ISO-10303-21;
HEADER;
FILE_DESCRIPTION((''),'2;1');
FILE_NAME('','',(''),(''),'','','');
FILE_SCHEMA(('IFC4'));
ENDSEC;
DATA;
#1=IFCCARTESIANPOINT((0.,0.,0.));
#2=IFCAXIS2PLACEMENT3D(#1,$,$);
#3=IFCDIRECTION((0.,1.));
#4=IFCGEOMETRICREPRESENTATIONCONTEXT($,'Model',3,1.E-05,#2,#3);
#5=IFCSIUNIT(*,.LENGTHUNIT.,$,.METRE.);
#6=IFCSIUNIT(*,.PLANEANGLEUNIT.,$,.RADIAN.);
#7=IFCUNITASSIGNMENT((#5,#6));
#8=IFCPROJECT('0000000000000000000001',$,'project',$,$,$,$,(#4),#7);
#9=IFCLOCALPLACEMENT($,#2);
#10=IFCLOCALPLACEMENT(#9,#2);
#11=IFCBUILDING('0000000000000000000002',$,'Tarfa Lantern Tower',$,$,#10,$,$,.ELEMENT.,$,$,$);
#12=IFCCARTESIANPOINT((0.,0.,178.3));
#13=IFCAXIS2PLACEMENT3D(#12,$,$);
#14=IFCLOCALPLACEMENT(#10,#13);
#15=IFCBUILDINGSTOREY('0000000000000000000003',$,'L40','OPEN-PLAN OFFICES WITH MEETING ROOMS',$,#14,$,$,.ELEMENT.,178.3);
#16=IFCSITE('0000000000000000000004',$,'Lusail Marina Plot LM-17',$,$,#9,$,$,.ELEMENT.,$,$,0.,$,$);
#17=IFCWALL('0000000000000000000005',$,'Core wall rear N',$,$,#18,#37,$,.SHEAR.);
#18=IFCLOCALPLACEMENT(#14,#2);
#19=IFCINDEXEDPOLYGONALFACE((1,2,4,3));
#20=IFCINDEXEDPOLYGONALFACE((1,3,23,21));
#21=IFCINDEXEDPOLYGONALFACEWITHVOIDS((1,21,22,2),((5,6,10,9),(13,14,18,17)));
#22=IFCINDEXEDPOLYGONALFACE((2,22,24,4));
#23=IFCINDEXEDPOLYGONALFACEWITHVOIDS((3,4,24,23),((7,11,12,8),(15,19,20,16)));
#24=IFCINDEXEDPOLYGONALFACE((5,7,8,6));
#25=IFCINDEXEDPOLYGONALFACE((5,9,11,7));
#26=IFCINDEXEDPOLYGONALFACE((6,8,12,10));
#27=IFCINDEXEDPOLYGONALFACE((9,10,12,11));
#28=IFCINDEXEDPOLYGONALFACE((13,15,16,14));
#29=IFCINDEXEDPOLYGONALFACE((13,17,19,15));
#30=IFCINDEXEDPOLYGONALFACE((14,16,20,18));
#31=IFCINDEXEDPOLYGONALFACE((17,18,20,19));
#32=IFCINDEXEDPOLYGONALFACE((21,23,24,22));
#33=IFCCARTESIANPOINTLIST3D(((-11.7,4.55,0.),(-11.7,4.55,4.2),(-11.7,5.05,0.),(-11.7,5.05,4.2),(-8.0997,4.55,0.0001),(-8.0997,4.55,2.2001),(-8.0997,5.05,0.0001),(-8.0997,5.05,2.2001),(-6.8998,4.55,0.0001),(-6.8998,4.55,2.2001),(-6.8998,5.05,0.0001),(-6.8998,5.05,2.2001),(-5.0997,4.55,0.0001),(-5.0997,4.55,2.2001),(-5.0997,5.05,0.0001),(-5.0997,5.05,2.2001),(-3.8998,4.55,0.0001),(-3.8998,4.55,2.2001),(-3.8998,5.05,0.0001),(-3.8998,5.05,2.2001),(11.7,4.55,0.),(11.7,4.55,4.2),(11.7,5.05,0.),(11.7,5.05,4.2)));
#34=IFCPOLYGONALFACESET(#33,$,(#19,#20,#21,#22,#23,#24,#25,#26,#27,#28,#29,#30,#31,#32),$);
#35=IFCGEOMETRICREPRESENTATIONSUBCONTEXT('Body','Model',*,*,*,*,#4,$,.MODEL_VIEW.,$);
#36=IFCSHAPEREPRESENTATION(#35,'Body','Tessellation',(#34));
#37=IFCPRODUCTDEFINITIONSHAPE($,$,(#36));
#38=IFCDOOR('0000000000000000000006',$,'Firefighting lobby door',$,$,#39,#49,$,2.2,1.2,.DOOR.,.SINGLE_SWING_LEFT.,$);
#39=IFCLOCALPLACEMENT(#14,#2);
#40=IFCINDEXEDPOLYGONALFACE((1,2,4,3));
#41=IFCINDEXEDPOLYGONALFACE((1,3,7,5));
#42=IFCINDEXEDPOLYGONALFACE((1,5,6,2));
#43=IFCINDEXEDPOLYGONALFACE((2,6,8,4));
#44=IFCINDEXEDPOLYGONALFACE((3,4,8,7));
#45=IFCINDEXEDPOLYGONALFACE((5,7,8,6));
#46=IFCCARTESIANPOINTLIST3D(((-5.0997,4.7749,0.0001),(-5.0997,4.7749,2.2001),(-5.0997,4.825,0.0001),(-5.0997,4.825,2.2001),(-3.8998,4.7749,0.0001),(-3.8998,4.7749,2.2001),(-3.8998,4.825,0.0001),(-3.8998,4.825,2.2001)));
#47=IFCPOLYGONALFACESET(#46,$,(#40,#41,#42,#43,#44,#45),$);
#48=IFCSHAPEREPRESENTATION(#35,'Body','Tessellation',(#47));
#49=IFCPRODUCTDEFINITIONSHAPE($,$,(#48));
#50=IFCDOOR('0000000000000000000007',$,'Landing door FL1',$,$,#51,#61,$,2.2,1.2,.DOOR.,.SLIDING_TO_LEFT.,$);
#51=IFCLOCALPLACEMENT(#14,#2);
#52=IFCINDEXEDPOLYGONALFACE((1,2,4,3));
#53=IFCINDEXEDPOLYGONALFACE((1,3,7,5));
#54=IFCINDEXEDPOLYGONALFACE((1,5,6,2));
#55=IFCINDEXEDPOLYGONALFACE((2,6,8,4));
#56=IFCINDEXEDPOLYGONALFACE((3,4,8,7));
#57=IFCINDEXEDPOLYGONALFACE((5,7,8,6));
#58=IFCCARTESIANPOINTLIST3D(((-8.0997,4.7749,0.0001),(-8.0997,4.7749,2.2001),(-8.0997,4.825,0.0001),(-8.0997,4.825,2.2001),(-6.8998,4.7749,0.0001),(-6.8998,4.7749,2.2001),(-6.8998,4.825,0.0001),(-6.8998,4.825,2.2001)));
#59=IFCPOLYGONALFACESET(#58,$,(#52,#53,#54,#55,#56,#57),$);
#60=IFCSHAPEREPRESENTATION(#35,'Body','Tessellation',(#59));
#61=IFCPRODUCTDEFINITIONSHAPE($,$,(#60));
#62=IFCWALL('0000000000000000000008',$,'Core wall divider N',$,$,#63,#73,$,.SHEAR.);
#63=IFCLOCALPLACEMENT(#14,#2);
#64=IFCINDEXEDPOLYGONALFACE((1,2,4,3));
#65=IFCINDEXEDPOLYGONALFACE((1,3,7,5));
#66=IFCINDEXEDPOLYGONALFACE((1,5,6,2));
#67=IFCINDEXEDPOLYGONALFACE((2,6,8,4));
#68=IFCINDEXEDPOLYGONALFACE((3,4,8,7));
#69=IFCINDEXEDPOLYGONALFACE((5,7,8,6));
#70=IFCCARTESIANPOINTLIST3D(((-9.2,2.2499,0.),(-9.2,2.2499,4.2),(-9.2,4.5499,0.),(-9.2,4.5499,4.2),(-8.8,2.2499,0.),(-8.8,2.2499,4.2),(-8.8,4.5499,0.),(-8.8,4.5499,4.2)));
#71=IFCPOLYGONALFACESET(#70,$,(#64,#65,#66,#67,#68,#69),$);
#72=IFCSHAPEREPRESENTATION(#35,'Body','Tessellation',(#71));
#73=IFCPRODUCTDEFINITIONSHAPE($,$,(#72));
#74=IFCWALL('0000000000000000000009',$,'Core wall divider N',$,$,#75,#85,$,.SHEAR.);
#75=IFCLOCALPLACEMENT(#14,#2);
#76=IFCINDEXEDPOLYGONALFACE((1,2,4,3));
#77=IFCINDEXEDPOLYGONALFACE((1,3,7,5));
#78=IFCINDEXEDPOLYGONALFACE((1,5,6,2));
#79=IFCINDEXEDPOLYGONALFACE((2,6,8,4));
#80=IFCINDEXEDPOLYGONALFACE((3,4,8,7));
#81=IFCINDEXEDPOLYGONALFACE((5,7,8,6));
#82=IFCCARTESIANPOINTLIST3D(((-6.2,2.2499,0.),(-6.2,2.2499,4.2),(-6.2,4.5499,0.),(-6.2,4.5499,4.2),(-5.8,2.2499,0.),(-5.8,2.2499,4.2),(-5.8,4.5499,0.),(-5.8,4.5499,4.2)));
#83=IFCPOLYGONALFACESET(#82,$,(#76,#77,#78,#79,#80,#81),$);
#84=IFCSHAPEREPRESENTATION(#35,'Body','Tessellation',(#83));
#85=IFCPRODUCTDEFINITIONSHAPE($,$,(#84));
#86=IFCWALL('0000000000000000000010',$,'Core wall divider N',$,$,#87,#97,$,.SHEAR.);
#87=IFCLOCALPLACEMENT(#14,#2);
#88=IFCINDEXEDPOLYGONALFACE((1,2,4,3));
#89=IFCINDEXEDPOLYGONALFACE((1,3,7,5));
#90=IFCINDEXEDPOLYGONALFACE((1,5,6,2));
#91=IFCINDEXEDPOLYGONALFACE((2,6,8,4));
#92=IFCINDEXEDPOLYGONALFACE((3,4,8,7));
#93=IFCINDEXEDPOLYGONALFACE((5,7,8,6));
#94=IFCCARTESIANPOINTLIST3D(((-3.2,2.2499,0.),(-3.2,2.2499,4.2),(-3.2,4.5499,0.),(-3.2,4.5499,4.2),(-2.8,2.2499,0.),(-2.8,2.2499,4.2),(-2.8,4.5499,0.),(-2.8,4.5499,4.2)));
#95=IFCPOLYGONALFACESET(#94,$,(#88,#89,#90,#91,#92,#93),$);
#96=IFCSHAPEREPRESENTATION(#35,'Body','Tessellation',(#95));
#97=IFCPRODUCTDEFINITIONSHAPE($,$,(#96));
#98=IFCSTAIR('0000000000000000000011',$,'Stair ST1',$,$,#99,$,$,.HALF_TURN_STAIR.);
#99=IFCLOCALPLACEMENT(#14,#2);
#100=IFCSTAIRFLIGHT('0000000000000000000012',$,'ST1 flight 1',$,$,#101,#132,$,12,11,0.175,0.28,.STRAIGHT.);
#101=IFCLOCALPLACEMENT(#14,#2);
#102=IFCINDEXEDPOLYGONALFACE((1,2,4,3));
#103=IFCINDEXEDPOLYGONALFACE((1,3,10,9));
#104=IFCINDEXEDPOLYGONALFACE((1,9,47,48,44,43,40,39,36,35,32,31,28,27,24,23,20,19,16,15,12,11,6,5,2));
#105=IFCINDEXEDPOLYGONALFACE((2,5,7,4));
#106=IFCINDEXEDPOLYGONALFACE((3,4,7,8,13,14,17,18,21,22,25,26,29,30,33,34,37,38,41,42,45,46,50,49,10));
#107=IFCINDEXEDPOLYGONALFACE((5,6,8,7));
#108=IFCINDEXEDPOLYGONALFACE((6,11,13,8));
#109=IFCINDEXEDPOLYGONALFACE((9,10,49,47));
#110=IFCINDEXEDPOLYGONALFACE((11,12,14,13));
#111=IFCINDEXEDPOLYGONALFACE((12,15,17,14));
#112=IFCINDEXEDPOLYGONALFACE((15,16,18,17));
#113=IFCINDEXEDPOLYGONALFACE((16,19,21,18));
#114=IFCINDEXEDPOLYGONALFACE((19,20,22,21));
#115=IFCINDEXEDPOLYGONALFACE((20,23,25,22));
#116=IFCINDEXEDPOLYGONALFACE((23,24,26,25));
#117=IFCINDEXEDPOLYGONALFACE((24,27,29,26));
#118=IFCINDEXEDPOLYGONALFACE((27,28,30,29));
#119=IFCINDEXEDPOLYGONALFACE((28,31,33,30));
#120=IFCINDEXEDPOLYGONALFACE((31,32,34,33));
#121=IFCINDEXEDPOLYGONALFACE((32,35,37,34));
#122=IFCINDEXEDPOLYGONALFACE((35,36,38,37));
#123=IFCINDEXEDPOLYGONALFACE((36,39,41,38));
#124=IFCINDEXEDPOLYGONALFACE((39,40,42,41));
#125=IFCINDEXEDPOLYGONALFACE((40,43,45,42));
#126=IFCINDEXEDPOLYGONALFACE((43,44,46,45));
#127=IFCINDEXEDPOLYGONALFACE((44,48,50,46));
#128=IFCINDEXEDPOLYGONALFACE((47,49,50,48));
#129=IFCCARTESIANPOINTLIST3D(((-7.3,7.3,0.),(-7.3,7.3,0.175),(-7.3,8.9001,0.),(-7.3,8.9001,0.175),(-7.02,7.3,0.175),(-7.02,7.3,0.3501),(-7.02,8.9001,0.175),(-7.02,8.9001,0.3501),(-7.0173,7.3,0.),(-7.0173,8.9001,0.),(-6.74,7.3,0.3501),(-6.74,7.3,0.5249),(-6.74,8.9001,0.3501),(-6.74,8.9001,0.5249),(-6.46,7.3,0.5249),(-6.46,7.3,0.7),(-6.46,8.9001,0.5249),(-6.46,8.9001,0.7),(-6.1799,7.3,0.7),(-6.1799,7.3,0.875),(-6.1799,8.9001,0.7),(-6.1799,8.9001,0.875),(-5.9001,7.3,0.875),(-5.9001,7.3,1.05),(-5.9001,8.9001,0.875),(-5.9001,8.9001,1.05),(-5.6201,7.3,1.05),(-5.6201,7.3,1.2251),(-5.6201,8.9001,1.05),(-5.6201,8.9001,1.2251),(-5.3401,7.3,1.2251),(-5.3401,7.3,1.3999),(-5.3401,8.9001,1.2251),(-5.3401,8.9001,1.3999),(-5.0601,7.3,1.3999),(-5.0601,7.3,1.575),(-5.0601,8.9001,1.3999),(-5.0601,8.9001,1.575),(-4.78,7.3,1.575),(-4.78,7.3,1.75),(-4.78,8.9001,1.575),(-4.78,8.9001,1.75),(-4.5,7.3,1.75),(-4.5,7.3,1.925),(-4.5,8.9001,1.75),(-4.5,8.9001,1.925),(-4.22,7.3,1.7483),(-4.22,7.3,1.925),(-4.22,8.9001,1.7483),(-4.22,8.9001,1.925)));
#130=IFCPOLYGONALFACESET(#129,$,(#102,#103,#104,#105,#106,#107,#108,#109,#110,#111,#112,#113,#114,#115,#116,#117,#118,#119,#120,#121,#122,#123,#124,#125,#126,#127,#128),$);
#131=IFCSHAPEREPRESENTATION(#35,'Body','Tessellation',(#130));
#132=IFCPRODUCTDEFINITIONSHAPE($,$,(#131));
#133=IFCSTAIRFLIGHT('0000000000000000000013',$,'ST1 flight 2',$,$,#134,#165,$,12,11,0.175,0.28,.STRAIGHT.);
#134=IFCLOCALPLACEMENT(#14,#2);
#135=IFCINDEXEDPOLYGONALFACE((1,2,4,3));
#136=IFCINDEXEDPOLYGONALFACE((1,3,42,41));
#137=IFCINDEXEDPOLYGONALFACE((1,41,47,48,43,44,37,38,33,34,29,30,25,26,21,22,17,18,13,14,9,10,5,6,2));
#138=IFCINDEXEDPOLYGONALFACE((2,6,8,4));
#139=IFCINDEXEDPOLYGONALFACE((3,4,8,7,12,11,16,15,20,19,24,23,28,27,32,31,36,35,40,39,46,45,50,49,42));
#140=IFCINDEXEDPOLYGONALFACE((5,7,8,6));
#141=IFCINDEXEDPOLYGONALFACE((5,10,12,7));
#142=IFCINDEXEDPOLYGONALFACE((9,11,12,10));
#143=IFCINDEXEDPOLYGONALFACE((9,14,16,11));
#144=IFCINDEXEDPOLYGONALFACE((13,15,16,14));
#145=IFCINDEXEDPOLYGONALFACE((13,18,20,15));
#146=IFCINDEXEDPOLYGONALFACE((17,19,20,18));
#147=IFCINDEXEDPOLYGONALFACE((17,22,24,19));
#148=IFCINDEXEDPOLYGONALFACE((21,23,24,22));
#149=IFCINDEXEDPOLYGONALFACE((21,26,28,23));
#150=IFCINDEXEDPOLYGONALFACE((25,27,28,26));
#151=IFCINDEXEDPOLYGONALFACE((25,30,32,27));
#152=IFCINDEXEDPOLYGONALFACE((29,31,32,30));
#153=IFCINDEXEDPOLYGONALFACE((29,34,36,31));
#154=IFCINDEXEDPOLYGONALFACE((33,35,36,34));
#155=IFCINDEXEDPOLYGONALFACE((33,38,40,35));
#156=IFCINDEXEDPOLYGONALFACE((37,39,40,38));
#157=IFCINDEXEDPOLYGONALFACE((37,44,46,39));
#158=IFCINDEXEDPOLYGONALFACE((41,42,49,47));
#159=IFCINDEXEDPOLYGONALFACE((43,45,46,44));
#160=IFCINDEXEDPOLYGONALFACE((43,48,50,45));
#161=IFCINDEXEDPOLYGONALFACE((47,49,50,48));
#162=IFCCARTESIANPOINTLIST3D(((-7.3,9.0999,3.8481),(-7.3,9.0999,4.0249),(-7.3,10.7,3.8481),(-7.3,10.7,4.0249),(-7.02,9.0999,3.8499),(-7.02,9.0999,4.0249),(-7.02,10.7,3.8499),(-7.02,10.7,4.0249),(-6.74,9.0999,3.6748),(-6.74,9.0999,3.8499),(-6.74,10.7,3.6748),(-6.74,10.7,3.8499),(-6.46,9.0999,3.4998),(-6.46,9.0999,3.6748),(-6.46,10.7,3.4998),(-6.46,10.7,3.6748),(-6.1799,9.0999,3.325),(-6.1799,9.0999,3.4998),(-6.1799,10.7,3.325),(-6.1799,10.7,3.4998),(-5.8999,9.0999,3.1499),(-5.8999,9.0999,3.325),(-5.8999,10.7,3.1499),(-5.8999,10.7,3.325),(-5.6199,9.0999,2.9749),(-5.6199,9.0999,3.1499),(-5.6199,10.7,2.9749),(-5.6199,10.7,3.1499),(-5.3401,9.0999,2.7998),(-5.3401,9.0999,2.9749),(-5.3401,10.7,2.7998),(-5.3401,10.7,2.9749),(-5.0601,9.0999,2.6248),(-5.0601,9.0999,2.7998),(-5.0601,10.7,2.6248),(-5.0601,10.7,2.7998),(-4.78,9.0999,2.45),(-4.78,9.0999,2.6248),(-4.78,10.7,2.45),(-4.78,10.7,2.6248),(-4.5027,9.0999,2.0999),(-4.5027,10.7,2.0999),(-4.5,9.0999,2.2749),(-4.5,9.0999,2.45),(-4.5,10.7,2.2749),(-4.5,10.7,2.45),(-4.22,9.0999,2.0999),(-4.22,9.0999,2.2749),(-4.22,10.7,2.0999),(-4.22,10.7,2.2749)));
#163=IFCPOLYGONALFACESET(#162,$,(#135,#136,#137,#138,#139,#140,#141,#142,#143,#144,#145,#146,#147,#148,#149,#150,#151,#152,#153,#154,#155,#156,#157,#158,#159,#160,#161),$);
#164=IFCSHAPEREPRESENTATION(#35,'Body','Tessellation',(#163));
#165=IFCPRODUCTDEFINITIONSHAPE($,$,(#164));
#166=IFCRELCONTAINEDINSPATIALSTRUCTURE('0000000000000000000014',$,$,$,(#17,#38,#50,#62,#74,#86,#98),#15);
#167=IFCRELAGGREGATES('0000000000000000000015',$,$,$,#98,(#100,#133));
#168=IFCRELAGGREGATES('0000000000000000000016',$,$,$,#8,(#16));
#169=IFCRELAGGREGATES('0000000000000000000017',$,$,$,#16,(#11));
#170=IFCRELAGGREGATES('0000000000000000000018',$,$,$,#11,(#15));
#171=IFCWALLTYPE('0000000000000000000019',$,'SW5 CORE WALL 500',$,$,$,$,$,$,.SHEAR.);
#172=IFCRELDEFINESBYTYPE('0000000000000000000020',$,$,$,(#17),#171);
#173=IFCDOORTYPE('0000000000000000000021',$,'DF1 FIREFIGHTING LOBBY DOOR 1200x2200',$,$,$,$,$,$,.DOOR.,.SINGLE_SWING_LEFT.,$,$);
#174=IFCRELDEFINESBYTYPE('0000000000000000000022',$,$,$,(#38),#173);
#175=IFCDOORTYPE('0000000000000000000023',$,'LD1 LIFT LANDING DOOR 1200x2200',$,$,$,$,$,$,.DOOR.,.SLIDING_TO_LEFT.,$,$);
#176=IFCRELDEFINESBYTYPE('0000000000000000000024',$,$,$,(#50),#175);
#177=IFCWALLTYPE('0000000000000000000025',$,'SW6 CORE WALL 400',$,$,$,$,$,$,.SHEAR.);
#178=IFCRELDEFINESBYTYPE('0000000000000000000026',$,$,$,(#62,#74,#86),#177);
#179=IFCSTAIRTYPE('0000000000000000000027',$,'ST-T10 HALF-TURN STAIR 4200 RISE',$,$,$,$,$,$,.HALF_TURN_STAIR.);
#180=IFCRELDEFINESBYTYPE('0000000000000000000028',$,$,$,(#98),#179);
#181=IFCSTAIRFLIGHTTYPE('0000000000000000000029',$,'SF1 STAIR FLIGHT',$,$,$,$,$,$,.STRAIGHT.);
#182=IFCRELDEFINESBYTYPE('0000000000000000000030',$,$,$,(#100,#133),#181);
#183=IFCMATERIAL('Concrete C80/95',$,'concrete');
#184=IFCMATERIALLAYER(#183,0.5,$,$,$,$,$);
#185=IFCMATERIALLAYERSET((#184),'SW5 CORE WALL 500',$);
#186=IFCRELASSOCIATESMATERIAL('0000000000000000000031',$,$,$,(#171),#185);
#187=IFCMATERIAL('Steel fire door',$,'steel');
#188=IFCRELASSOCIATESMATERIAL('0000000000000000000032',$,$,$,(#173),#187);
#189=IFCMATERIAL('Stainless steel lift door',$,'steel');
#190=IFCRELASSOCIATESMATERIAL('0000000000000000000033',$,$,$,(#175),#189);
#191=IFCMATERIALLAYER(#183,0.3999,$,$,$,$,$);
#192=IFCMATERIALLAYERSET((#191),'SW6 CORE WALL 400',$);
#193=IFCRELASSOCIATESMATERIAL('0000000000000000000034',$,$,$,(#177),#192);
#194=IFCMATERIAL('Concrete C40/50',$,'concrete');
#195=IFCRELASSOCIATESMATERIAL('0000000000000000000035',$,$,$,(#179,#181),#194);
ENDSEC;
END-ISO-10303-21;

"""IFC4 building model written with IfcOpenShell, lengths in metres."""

from ifc_helpers import new_model, si_unit, direction, frame, frame_2d, origin, place, context, subcontext, project, spatial, polyline, rectangle, outline, extrude, material, layer, layer_set, type_object, element, fill, aggregate, save


model = new_model("IFC4")

# Units and contexts
model_context = context("Model", 3, precision=1e-05, world=origin(), true_north=direction((0.0, 1.0)))
body_context = subcontext(model_context, "Body", "Model", "MODEL_VIEW")
ifc_project = project(units=[si_unit("LENGTHUNIT", "METRE"), si_unit("PLANEANGLEUNIT", "RADIAN")], contexts=[model_context])

# Site, building, storey
site_placement = place(None, origin())
site = spatial("IfcSite", under=ifc_project, at=site_placement, Name="Lusail Marina Plot LM-17", CompositionType="ELEMENT", RefElevation=0.0)
building_placement = place(site_placement, origin())
building = spatial("IfcBuilding", under=site, at=building_placement, Name="Tarfa Lantern Tower", CompositionType="ELEMENT")
storey_placement = place(building_placement, frame((0.0, 0.0, 178.3)))
storey = spatial("IfcBuildingStorey", under=building, at=storey_placement, Name="L40", Description="OPEN-PLAN OFFICES WITH MEETING ROOMS", CompositionType="ELEMENT", Elevation=178.3)

# Shared definitions
ifc_material_1 = material(Name="Concrete C80/95", Category="concrete")

# Shared definitions
ifc_material_2 = material(Name="Steel fire door", Category="steel")

# Wall, openings, doors
ifc_layer_1 = layer(ifc_material_1, 0.5)
ifc_layer_set_1 = layer_set([ifc_layer_1], Name="SW5 CORE WALL 500")
wall_type_1 = type_object("IfcWallType", Name="SW5 CORE WALL 500", PredefinedType="SHEAR", material=ifc_layer_set_1)
ifc_material_3 = material(Name="Stainless steel lift door", Category="steel")
wall_1_placement = place(storey_placement, frame((-11.7, 4.8, 0.0), z_axis=(0.0, 0.0, 1.0), x_axis=(1.0, 0.0, 0.0)))
wall_1 = element("IfcWall", 1, at=wall_1_placement, inside=storey, type_object=wall_type_1, Name="Core wall rear N", PredefinedType="SHEAR", context=body_context, shape_type="SweptSolid", body=[
    extrude(rectangle(XDim=23.3999, YDim=0.5, at=frame_2d((11.7, 0.0))), origin(), (0.0, 0.0, 1.0), 4.2),
])
opening_1_placement = place(wall_1_placement, frame((6.6001, 0.0, 0.0)))
opening_1 = element("IfcOpeningElement", 2, at=opening_1_placement, cuts=wall_1, PredefinedType="OPENING", context=body_context, shape_type="SweptSolid", body=[
    extrude(rectangle(XDim=1.2, YDim=2.2, at=frame_2d((0.6001, 1.1001))), frame((0.0, 0.26, 0.0), z_axis=(0.0, -1.0, 0.0), x_axis=(1.0, 0.0, 0.0)), (0.0, 0.0, 1.0), 0.52),
])
opening_2_placement = place(wall_1_placement, frame((3.6001, 0.0, 0.0)))
opening_2 = element("IfcOpeningElement", 3, at=opening_2_placement, cuts=wall_1, PredefinedType="OPENING", context=body_context, shape_type="SweptSolid", body=[
    extrude(rectangle(XDim=1.2, YDim=2.2, at=frame_2d((0.6001, 1.1001))), frame((0.0, 0.26, 0.0), z_axis=(0.0, -1.0, 0.0), x_axis=(1.0, 0.0, 0.0)), (0.0, 0.0, 1.0), 0.52),
])
door_type_1 = type_object("IfcDoorType", Name="DF1 FIREFIGHTING LOBBY DOOR 1200x2200", OperationType="SINGLE_SWING_LEFT", PredefinedType="DOOR", material=ifc_material_2)
door_1_placement = place(opening_1_placement, origin())
door_1 = element("IfcDoor", 4, at=door_1_placement, inside=storey, type_object=door_type_1, Name="Firefighting lobby door", OperationType="SINGLE_SWING_LEFT", OverallHeight=2.2, OverallWidth=1.2, PredefinedType="DOOR", context=body_context, shape_type="SweptSolid", body=[
    extrude(rectangle(XDim=1.2, YDim=2.2, at=frame_2d((0.6001, 1.1001))), frame((0.0, 0.0249, 0.0), z_axis=(0.0, -1.0, 0.0), x_axis=(1.0, 0.0, 0.0)), (0.0, 0.0, 1.0), 0.05),
])
fill(opening_1, door_1)
door_type_2 = type_object("IfcDoorType", Name="LD1 LIFT LANDING DOOR 1200x2200", OperationType="SLIDING_TO_LEFT", PredefinedType="DOOR", material=ifc_material_3)
door_2_placement = place(opening_2_placement, origin())
door_2 = element("IfcDoor", 5, at=door_2_placement, inside=storey, type_object=door_type_2, Name="Landing door FL1", OperationType="SLIDING_TO_LEFT", OverallHeight=2.2, OverallWidth=1.2, PredefinedType="DOOR", context=body_context, shape_type="SweptSolid", body=[
    extrude(rectangle(XDim=1.2, YDim=2.2, at=frame_2d((0.6001, 1.1001))), frame((0.0, 0.0249, 0.0), z_axis=(0.0, -1.0, 0.0), x_axis=(1.0, 0.0, 0.0)), (0.0, 0.0, 1.0), 0.05),
])
fill(opening_2, door_2)

# Walls
ifc_layer_2 = layer(ifc_material_1, 0.3999)
ifc_layer_set_2 = layer_set([ifc_layer_2], Name="SW6 CORE WALL 400")
wall_type_2 = type_object("IfcWallType", Name="SW6 CORE WALL 400", PredefinedType="SHEAR", material=ifc_layer_set_2)
for number, where, z_axis, x_axis, name in (
    (6, (-9.0, 2.25, 0.0), (0.0, 0.0, 1.0), (0.0, 1.0, 0.0), "Core wall divider N"),
    (7, (-6.0, 2.25, 0.0), (0.0, 0.0, 1.0), (0.0, 1.0, 0.0), "Core wall divider N"),
    (8, (-3.0, 2.25, 0.0), (0.0, 0.0, 1.0), (0.0, 1.0, 0.0), "Core wall divider N"),
):
    element("IfcWall", number, at=place(storey_placement, frame(where, z_axis=z_axis, x_axis=x_axis)), inside=storey, type_object=wall_type_2, Name=name, PredefinedType="SHEAR", context=body_context, shape_type="SweptSolid", body=[
        extrude(rectangle(XDim=2.3, YDim=0.3999, at=frame_2d((1.1499, 0.0))), origin(), (0.0, 0.0, 1.0), 4.2),
    ])

# Stair, stair flights
ifc_material_4 = material(Name="Concrete C40/50", Category="concrete")
stair_type = type_object("IfcStairType", Name="ST-T10 HALF-TURN STAIR 4200 RISE", PredefinedType="HALF_TURN_STAIR", material=ifc_material_4)
stair_placement = place(storey_placement, origin())
stair = element("IfcStair", 9, at=stair_placement, inside=storey, type_object=stair_type, Name="Stair ST1", PredefinedType="HALF_TURN_STAIR")
stair_flight_type = type_object("IfcStairFlightType", Name="SF1 STAIR FLIGHT", PredefinedType="STRAIGHT", material=ifc_material_4)
stair_flight_1_placement = place(storey_placement, frame((-7.3, 8.1001, 0.0), z_axis=(0.0, 0.0, 1.0), x_axis=(1.0, 0.0, 0.0)))
stair_flight_1 = element("IfcStairFlight", 10, at=stair_flight_1_placement, type_object=stair_flight_type, Name="ST1 flight 1", NumberOfRisers=12, NumberOfTreads=11, PredefinedType="STRAIGHT", RiserHeight=0.175, TreadLength=0.28, context=body_context, shape_type="SweptSolid", body=[
    extrude(outline(polyline([(0.0, 0.0), (0.0, 0.175), (0.28, 0.175), (0.28, 0.3501), (0.5601, 0.3501), (0.5601, 0.5249), (0.8401, 0.5249), (0.8401, 0.7), (1.1201, 0.7), (1.1201, 0.875), (1.3999, 0.875), (1.3999, 1.05), (1.6799, 1.05), (1.6799, 1.2251), (1.96, 1.2251), (1.96, 1.3999), (2.24, 1.3999), (2.24, 1.575), (2.52, 1.575), (2.52, 1.75), (2.8, 1.75), (2.8, 1.925), (3.0801, 1.925), (3.0801, 2.1001), (3.0801, 1.7483), (0.2827, 0.0), (0.0, 0.0)])), frame((0.0, 0.8, 0.0), z_axis=(0.0, -1.0, 0.0), x_axis=(1.0, 0.0, 0.0)), (0.0, 0.0, 1.0), 1.6001),
])
stair_flight_2_placement = place(storey_placement, frame((-4.22, 9.8999, 2.0999), z_axis=(0.0, 0.0, 1.0), x_axis=(-1.0, 0.0, 0.0)))
stair_flight_2 = element("IfcStairFlight", 11, at=stair_flight_2_placement, type_object=stair_flight_type, Name="ST1 flight 2", NumberOfRisers=12, NumberOfTreads=11, PredefinedType="STRAIGHT", RiserHeight=0.175, TreadLength=0.28, context=body_context, shape_type="SweptSolid", body=[
    extrude(outline(polyline([(0.0, 0.0), (0.0, 0.175), (0.28, 0.175), (0.28, 0.3501), (0.5601, 0.3501), (0.5601, 0.5249), (0.8401, 0.5249), (0.8401, 0.7), (1.1201, 0.7), (1.1201, 0.875), (1.3999, 0.875), (1.3999, 1.05), (1.6799, 1.05), (1.6799, 1.2251), (1.96, 1.2251), (1.96, 1.3999), (2.24, 1.3999), (2.24, 1.575), (2.52, 1.575), (2.52, 1.75), (2.8, 1.75), (2.8, 1.925), (3.0801, 1.925), (3.0801, 2.1001), (3.0801, 1.7483), (0.2827, 0.0), (0.0, 0.0)])), frame((0.0, 0.8, 0.0), z_axis=(0.0, -1.0, 0.0), x_axis=(1.0, 0.0, 0.0)), (0.0, 0.0, 1.0), 1.6001),
])
aggregate(stair, [stair_flight_1, stair_flight_2])

save(model, "model.ifc")
